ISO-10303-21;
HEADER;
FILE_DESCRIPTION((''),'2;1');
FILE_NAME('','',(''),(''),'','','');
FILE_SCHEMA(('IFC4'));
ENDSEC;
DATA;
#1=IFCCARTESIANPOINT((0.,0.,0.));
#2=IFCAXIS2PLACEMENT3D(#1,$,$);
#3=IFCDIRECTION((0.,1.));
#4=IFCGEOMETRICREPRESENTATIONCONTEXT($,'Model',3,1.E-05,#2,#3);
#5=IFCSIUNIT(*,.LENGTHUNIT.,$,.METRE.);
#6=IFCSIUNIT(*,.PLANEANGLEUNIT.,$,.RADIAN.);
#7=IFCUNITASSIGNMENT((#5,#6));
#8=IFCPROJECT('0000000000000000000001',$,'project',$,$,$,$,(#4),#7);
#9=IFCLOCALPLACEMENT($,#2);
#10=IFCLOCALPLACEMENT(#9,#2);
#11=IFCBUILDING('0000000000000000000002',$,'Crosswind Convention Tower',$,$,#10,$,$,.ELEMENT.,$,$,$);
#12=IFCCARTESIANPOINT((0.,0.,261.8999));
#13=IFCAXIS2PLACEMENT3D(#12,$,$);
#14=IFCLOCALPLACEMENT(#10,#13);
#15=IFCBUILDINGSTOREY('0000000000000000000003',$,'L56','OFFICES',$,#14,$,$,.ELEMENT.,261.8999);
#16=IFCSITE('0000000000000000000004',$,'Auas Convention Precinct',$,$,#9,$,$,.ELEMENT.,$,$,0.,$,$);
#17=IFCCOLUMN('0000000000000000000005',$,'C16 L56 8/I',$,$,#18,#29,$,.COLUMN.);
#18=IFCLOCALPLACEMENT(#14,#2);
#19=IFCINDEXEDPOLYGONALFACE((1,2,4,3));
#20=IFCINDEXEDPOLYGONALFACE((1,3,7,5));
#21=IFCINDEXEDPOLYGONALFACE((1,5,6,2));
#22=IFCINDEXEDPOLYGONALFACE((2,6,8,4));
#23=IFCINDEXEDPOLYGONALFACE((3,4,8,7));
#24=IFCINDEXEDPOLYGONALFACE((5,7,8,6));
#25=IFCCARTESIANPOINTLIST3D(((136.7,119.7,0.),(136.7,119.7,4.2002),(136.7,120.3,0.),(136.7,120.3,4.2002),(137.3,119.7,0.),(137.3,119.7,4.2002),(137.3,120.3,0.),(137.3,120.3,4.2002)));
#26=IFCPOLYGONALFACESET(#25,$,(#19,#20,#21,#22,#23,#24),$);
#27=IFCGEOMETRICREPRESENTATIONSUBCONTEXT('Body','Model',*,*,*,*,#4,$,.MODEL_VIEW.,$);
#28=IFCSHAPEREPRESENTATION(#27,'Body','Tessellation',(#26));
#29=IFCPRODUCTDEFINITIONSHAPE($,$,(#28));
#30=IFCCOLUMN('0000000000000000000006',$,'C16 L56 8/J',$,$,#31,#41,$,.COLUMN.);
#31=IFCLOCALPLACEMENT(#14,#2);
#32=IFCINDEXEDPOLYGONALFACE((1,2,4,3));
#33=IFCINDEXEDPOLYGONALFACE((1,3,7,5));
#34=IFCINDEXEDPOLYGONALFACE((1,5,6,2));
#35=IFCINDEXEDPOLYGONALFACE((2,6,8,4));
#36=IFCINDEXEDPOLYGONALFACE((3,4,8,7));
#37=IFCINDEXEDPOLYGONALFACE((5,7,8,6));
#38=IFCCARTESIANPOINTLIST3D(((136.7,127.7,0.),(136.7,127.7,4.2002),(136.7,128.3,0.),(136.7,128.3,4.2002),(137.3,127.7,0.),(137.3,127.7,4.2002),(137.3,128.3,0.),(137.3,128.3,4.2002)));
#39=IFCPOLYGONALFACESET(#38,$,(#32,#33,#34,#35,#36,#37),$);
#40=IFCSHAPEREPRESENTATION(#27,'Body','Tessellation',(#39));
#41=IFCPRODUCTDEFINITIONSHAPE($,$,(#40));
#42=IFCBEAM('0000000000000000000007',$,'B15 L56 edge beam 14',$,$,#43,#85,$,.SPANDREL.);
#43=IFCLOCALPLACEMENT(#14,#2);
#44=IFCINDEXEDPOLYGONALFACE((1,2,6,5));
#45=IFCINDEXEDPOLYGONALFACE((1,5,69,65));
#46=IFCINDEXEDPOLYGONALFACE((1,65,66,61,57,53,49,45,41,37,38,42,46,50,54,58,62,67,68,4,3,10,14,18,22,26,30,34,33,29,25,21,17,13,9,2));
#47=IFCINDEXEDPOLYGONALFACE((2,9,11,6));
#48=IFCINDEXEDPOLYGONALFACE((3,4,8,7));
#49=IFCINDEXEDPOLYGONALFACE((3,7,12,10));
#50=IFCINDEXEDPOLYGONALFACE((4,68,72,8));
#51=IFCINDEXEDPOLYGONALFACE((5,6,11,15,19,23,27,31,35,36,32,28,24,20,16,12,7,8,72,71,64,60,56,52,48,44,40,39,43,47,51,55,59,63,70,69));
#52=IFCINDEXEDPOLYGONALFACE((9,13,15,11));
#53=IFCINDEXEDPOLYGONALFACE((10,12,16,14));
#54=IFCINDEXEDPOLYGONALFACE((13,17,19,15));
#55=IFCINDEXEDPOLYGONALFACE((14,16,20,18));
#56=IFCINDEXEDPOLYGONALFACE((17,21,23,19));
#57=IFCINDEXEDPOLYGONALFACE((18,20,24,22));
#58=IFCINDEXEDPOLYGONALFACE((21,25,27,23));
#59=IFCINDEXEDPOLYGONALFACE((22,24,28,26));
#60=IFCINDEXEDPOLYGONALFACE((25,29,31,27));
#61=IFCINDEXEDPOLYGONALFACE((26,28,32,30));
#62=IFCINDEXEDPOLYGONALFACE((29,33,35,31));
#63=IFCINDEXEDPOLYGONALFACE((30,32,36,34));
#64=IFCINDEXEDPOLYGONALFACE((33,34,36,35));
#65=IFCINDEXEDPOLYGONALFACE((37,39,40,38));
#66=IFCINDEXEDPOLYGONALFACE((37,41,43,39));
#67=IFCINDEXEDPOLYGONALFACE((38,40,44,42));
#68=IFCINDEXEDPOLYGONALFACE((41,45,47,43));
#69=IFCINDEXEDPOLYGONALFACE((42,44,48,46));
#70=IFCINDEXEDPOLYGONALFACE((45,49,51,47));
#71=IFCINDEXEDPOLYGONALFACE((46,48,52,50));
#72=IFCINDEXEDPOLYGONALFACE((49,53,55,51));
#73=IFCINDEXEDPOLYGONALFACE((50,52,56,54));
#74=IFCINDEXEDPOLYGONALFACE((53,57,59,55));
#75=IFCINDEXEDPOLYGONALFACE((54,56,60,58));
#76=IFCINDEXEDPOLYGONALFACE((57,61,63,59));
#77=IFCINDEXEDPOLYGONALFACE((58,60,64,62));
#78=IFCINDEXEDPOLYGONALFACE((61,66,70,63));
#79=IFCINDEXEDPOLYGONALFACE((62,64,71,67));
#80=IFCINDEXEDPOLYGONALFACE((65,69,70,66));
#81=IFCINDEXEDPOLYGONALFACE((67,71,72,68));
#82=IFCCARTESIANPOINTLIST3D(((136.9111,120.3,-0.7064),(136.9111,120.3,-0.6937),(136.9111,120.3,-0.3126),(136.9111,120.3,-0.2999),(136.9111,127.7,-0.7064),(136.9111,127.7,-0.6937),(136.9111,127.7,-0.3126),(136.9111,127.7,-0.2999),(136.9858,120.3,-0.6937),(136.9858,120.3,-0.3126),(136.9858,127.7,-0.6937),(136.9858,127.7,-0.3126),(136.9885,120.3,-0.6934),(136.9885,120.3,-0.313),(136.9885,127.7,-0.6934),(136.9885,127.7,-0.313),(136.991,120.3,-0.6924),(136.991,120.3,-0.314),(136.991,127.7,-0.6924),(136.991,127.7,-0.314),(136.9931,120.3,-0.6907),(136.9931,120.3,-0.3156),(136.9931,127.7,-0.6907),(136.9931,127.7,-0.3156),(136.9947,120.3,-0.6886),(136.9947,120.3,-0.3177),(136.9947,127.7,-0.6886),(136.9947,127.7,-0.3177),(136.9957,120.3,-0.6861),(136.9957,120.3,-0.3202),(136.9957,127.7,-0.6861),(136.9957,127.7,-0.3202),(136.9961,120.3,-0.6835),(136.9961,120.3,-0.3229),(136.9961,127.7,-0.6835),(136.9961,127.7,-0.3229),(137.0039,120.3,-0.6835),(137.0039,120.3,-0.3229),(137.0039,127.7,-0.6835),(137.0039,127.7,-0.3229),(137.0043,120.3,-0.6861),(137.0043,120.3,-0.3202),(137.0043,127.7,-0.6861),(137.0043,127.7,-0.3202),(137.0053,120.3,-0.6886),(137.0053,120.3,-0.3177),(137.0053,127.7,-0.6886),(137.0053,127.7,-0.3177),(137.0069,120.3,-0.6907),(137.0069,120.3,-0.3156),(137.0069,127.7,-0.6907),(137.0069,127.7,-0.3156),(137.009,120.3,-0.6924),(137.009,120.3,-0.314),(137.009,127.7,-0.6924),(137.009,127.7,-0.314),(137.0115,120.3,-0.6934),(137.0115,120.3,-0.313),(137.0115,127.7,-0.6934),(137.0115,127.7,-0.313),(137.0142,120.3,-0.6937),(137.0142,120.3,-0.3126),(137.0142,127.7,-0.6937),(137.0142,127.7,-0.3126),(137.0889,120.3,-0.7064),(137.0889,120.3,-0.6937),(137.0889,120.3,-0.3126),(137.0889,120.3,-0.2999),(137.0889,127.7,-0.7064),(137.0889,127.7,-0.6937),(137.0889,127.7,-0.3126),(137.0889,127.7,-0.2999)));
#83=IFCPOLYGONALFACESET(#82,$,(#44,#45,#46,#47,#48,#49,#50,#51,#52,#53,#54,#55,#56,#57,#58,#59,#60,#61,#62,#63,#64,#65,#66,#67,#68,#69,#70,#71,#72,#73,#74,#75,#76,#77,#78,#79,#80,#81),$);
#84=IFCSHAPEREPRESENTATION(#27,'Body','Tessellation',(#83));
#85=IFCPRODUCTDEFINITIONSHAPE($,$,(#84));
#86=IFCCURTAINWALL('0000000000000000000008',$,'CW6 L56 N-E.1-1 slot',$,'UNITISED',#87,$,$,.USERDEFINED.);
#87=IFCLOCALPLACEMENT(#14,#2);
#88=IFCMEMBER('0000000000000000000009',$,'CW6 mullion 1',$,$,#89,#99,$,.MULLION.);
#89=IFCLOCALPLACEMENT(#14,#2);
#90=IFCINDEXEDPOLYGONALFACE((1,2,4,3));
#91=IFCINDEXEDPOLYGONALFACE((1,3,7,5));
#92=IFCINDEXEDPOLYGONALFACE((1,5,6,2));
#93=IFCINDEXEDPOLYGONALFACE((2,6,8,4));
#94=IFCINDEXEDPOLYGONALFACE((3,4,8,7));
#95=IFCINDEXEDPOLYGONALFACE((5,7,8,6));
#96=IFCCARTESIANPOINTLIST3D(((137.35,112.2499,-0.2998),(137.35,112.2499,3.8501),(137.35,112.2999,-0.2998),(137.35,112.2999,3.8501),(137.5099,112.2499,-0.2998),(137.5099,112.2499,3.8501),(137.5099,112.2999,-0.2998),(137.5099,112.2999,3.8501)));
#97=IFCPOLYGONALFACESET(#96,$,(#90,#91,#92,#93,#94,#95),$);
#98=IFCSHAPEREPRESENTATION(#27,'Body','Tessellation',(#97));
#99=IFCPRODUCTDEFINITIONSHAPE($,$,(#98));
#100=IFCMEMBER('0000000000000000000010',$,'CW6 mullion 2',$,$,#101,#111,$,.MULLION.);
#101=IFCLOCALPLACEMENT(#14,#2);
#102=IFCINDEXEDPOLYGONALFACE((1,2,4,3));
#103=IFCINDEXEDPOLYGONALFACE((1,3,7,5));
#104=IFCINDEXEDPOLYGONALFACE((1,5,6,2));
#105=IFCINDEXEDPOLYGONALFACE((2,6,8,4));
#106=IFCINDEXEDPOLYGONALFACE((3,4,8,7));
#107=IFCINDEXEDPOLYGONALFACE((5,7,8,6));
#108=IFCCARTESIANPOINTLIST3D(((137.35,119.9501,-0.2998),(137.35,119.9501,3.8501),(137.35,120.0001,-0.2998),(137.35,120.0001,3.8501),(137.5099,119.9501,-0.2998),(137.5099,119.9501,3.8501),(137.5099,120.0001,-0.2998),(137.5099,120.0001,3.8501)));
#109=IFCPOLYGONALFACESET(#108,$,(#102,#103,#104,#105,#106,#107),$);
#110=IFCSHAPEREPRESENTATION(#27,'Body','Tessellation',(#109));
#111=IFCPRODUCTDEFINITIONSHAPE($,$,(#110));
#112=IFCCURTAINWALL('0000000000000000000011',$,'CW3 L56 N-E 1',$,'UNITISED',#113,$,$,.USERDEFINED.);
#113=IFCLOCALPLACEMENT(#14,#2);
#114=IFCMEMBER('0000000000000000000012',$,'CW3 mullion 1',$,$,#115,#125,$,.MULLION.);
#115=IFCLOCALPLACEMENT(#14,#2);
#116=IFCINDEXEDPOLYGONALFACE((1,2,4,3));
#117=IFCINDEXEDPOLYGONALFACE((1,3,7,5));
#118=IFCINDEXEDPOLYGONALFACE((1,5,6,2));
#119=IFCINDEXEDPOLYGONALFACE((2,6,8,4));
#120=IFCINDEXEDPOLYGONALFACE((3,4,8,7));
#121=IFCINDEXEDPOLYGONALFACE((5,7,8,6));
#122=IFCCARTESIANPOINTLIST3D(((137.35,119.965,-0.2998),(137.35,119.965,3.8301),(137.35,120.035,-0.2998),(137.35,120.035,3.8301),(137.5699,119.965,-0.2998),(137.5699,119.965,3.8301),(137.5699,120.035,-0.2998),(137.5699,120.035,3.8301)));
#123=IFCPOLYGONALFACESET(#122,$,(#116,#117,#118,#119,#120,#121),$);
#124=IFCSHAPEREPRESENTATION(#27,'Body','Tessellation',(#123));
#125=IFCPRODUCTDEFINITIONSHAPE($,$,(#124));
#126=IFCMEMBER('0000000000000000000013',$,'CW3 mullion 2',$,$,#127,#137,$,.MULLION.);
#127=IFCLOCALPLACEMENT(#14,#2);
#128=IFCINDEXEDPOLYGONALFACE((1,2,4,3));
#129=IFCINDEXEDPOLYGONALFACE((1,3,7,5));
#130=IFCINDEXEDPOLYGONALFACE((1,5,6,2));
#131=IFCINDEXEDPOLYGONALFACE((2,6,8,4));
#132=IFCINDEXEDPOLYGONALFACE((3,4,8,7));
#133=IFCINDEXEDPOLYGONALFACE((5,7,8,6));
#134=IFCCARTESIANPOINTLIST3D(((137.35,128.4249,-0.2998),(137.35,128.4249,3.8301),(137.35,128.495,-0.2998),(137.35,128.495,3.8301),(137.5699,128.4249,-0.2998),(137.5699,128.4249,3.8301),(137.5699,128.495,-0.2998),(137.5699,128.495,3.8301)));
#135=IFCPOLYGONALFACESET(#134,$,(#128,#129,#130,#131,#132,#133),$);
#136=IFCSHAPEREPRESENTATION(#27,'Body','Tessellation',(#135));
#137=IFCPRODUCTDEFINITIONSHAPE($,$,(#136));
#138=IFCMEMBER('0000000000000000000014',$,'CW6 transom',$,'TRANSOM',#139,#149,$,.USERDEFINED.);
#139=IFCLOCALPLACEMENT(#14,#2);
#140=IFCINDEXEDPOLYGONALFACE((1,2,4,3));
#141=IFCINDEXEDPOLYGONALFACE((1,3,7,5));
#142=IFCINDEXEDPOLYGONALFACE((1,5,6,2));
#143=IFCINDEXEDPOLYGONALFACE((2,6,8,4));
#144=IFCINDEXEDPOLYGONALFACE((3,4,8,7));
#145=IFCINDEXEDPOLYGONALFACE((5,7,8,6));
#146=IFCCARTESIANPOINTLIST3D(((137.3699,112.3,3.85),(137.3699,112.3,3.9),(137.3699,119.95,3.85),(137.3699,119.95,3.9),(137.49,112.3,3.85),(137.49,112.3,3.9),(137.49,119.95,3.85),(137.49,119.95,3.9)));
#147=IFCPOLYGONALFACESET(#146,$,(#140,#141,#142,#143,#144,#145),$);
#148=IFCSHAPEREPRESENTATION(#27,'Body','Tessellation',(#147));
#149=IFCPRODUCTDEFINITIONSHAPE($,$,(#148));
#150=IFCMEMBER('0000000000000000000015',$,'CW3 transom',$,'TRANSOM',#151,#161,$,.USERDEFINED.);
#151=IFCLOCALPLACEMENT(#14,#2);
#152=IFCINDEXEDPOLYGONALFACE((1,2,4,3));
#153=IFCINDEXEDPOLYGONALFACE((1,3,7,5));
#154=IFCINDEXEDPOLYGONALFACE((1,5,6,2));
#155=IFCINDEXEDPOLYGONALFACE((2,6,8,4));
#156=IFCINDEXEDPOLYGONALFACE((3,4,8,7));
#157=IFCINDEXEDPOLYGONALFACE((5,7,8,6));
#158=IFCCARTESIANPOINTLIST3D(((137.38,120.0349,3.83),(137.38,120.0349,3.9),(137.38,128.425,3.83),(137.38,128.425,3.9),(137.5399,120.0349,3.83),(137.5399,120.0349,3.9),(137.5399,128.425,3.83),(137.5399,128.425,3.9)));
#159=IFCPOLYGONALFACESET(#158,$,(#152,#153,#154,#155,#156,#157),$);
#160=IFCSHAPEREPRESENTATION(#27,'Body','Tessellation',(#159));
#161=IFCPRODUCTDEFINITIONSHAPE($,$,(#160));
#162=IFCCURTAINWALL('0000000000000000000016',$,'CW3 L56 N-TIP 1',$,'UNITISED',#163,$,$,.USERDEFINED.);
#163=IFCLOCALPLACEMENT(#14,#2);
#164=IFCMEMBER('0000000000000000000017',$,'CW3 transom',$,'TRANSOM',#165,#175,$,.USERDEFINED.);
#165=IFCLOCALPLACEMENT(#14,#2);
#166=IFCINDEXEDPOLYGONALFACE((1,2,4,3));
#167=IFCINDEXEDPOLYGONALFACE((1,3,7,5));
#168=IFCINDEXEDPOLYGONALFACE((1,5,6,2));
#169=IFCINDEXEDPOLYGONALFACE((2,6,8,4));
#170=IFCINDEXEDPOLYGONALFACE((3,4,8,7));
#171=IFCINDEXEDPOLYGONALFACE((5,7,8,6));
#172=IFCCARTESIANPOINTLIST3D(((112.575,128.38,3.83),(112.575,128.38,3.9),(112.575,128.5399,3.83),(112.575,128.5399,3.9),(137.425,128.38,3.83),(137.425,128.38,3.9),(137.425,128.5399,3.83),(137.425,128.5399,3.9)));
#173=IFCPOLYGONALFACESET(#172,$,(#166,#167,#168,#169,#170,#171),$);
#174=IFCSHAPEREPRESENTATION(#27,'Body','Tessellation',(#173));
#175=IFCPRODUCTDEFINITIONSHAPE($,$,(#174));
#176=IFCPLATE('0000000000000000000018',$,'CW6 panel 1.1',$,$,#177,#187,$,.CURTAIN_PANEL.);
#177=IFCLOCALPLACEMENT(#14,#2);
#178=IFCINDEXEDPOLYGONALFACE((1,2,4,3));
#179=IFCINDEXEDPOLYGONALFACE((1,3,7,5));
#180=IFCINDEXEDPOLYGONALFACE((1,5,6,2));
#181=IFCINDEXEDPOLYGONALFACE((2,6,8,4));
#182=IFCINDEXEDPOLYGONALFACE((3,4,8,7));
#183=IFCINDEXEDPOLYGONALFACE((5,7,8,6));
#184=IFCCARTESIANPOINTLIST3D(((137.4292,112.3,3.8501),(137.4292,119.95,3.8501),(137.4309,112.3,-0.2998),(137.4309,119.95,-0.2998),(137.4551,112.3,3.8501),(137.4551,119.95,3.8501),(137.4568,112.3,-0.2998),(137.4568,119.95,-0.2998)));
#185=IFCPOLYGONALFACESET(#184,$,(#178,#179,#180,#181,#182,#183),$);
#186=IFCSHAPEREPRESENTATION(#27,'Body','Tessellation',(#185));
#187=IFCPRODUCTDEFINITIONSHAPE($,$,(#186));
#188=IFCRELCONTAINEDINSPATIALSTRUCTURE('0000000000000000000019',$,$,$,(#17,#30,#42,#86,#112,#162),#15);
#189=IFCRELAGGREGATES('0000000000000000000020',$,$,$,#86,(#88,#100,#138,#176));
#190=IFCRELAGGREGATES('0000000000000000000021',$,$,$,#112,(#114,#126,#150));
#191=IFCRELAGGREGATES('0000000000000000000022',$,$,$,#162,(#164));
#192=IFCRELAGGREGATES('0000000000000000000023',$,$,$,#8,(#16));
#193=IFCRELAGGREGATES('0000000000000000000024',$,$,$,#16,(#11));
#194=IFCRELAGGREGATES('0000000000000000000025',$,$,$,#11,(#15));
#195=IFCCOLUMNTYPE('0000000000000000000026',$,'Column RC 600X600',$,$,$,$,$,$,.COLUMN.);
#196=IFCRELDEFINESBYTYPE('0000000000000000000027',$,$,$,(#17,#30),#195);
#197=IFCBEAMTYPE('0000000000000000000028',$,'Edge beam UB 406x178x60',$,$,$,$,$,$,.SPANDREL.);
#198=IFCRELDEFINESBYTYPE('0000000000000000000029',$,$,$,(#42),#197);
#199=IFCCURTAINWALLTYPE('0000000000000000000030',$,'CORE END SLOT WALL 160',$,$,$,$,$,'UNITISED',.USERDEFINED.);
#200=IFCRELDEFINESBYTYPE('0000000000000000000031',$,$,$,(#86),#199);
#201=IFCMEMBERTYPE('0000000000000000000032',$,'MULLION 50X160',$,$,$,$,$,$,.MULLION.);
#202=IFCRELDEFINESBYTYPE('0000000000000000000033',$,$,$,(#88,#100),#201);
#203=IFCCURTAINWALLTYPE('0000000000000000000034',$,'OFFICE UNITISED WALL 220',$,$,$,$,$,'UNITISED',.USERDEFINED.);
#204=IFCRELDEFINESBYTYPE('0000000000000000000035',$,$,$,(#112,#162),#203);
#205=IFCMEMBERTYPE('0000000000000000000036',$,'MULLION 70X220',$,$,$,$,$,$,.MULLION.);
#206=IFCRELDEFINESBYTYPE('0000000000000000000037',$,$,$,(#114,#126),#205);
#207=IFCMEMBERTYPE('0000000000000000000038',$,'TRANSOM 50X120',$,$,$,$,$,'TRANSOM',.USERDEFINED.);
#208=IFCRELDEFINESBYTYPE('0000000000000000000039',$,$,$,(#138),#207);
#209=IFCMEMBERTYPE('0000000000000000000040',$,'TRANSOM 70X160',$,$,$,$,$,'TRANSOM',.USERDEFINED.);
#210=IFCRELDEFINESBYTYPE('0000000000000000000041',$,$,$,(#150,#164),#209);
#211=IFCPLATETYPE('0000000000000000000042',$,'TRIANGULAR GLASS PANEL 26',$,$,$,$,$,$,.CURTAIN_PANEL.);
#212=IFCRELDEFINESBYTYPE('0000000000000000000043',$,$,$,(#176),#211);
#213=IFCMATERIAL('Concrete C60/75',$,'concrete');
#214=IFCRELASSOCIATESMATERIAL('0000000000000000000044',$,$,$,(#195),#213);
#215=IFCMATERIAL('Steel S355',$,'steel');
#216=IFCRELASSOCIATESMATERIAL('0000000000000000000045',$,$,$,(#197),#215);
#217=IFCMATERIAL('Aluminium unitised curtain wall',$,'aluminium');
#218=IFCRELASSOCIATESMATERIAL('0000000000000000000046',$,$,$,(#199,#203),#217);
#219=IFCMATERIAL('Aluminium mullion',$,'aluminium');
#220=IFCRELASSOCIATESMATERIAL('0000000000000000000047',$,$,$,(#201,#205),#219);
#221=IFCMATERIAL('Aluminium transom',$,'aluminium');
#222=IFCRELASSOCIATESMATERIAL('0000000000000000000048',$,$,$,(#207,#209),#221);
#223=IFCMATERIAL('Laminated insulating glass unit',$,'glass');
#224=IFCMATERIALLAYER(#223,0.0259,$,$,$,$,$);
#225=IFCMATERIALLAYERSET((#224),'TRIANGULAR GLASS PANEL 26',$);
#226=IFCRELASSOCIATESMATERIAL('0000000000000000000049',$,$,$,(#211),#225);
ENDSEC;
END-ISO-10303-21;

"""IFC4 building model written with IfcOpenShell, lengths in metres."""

from ifc_helpers import new_model, si_unit, direction, frame, origin, origin_2d, place, context, subcontext, project, spatial, polyline, rectangle, i_section, outline, extrude, material, layer, layer_set, material_profile, profile_set, type_object, element, aggregate, save


model = new_model("IFC4")

# Units and contexts
model_context = context("Model", 3, precision=1e-05, world=origin(), true_north=direction((0.0, 1.0)))
body_context = subcontext(model_context, "Body", "Model", "MODEL_VIEW")
ifc_project = project(units=[si_unit("LENGTHUNIT", "METRE"), si_unit("PLANEANGLEUNIT", "RADIAN")], contexts=[model_context])

# Site, building, storey
site_placement = place(None, origin())
site = spatial("IfcSite", under=ifc_project, at=site_placement, Name="Auas Convention Precinct", CompositionType="ELEMENT", RefElevation=0.0)
building_placement = place(site_placement, origin())
building = spatial("IfcBuilding", under=site, at=building_placement, Name="Crosswind Convention Tower", CompositionType="ELEMENT")
storey_placement = place(building_placement, frame((0.0, 0.0, 261.8999)))
storey = spatial("IfcBuildingStorey", under=building, at=storey_placement, Name="L56", Description="OFFICES", CompositionType="ELEMENT", Elevation=261.8999)

# Columns
ifc_material_1 = material(Name="Concrete C60/75", Category="concrete")
ifc_material_profile_1 = material_profile(ifc_material_1, rectangle(XDim=0.6001, YDim=0.6001, at=origin_2d()), Name="RC 600X600")
ifc_profile_set_1 = profile_set([ifc_material_profile_1], Name="Concrete C60/75")
column_type = type_object("IfcColumnType", Name="Column RC 600X600", PredefinedType="COLUMN", material=ifc_profile_set_1)
for number, where, z_axis, x_axis, name in (
    (1, (137.0, 120.0, 0.0), (0.0, 0.0, 1.0), (1.0, 0.0, 0.0), "C16 L56 8/I"),
    (2, (137.0, 128.0, 0.0), (0.0, 0.0, 1.0), (1.0, 0.0, 0.0), "C16 L56 8/J"),
):
    element("IfcColumn", number, at=place(storey_placement, frame(where, z_axis=z_axis, x_axis=x_axis)), inside=storey, type_object=column_type, Name=name, PredefinedType="COLUMN", context=body_context, shape_type="SweptSolid", body=[
        extrude(rectangle(XDim=0.6001, YDim=0.6001, at=origin_2d()), origin(), (0.0, 0.0, 1.0), 4.2002),
    ])

# Beam
ifc_material_2 = material(Name="Steel S355", Category="steel")
ifc_material_profile_2 = material_profile(ifc_material_2, i_section(OverallWidth=0.1777, OverallDepth=0.4065, WebThickness=0.0078, FlangeThickness=0.0127, FilletRadius=0.0103, at=origin_2d()), Name="UB 406x178x60")
ifc_profile_set_2 = profile_set([ifc_material_profile_2], Name="Steel S355")
beam_type = type_object("IfcBeamType", Name="Edge beam UB 406x178x60", PredefinedType="SPANDREL", material=ifc_profile_set_2)
beam_placement = place(storey_placement, frame((137.0, 120.3, -0.5032), z_axis=(0.0, 1.0, 0.0), x_axis=(-1.0, 0.0, 0.0)))
element("IfcBeam", 3, at=beam_placement, inside=storey, type_object=beam_type, Name="B15 L56 edge beam 14", PredefinedType="SPANDREL", context=body_context, shape_type="SweptSolid", body=[
    extrude(i_section(OverallWidth=0.1777, OverallDepth=0.4065, WebThickness=0.0078, FlangeThickness=0.0127, FilletRadius=0.0103, at=origin_2d()), origin(), (0.0, 0.0, 1.0), 7.3999),
])

# Curtain walls, members
ifc_material_3 = material(Name="Aluminium unitised curtain wall", Category="aluminium")
curtain_wall_type_1 = type_object("IfcCurtainWallType", Name="CORE END SLOT WALL 160", ElementType="UNITISED", PredefinedType="USERDEFINED", material=ifc_material_3)
curtain_wall_1_placement = place(storey_placement, origin())
curtain_wall_1 = element("IfcCurtainWall", 4, at=curtain_wall_1_placement, inside=storey, type_object=curtain_wall_type_1, Name="CW6 L56 N-E.1-1 slot", ObjectType="UNITISED", PredefinedType="USERDEFINED")
ifc_material_4 = material(Name="Aluminium mullion", Category="aluminium")
ifc_material_profile_3 = material_profile(ifc_material_4, rectangle(XDim=0.1599, YDim=0.05, at=origin_2d()), Name="AL 160X50")
ifc_profile_set_3 = profile_set([ifc_material_profile_3], Name="Aluminium mullion")
member_type_1 = type_object("IfcMemberType", Name="MULLION 50X160", PredefinedType="MULLION", material=ifc_profile_set_3)
member_1_placement = place(storey_placement, frame((137.4299, 112.2749, -0.2998), z_axis=(0.0, 0.0, 1.0), x_axis=(1.0, 0.0, 0.0)))
member_1 = element("IfcMember", 5, at=member_1_placement, type_object=member_type_1, Name="CW6 mullion 1", PredefinedType="MULLION", context=body_context, shape_type="SweptSolid", body=[
    extrude(rectangle(XDim=0.1599, YDim=0.05, at=origin_2d()), origin(), (0.0, 0.0, 1.0), 4.1499),
])
member_2_placement = place(storey_placement, frame((137.4299, 119.9751, -0.2998), z_axis=(0.0, 0.0, 1.0), x_axis=(1.0, 0.0, 0.0)))
member_2 = element("IfcMember", 6, at=member_2_placement, type_object=member_type_1, Name="CW6 mullion 2", PredefinedType="MULLION", context=body_context, shape_type="SweptSolid", body=[
    extrude(rectangle(XDim=0.1599, YDim=0.05, at=origin_2d()), origin(), (0.0, 0.0, 1.0), 4.1499),
])
curtain_wall_type_2 = type_object("IfcCurtainWallType", Name="OFFICE UNITISED WALL 220", ElementType="UNITISED", PredefinedType="USERDEFINED", material=ifc_material_3)
curtain_wall_2_placement = place(storey_placement, origin())
curtain_wall_2 = element("IfcCurtainWall", 7, at=curtain_wall_2_placement, inside=storey, type_object=curtain_wall_type_2, Name="CW3 L56 N-E 1", ObjectType="UNITISED", PredefinedType="USERDEFINED")
ifc_material_profile_4 = material_profile(ifc_material_4, rectangle(XDim=0.22, YDim=0.0701, at=origin_2d()), Name="AL 220X70")
ifc_profile_set_4 = profile_set([ifc_material_profile_4], Name="Aluminium mullion")
member_type_2 = type_object("IfcMemberType", Name="MULLION 70X220", PredefinedType="MULLION", material=ifc_profile_set_4)
member_3_placement = place(storey_placement, frame((137.46, 120.0, -0.2998), z_axis=(0.0, 0.0, 1.0), x_axis=(1.0, 0.0, 0.0)))
member_3 = element("IfcMember", 8, at=member_3_placement, type_object=member_type_2, Name="CW3 mullion 1", PredefinedType="MULLION", context=body_context, shape_type="SweptSolid", body=[
    extrude(rectangle(XDim=0.22, YDim=0.0701, at=origin_2d()), origin(), (0.0, 0.0, 1.0), 4.1299),
])
member_4_placement = place(storey_placement, frame((137.46, 128.46, -0.2998), z_axis=(0.0, 0.0, 1.0), x_axis=(1.0, 0.0, 0.0)))
member_4 = element("IfcMember", 9, at=member_4_placement, type_object=member_type_2, Name="CW3 mullion 2", PredefinedType="MULLION", context=body_context, shape_type="SweptSolid", body=[
    extrude(rectangle(XDim=0.22, YDim=0.0701, at=origin_2d()), origin(), (0.0, 0.0, 1.0), 4.1299),
])

# Members
ifc_material_5 = material(Name="Aluminium transom", Category="aluminium")
ifc_material_profile_5 = material_profile(ifc_material_5, rectangle(XDim=0.1201, YDim=0.05, at=origin_2d()), Name="AL 120X50")
ifc_profile_set_5 = profile_set([ifc_material_profile_5], Name="Aluminium transom")
member_type_3 = type_object("IfcMemberType", Name="TRANSOM 50X120", ElementType="TRANSOM", PredefinedType="USERDEFINED", material=ifc_profile_set_5)
member_5_placement = place(storey_placement, frame((137.4299, 112.3, 3.875), z_axis=(0.0, 1.0, 0.0), x_axis=(-1.0, 0.0, 0.0)))
member_5 = element("IfcMember", 10, at=member_5_placement, type_object=member_type_3, Name="CW6 transom", ObjectType="TRANSOM", PredefinedType="USERDEFINED", context=body_context, shape_type="SweptSolid", body=[
    extrude(rectangle(XDim=0.1201, YDim=0.05, at=origin_2d()), origin(), (0.0, 0.0, 1.0), 7.6499),
])
ifc_material_profile_6 = material_profile(ifc_material_5, rectangle(XDim=0.1599, YDim=0.0701, at=origin_2d()), Name="AL 160X70")
ifc_profile_set_6 = profile_set([ifc_material_profile_6], Name="Aluminium transom")
member_type_4 = type_object("IfcMemberType", Name="TRANSOM 70X160", ElementType="TRANSOM", PredefinedType="USERDEFINED", material=ifc_profile_set_6)
member_6_placement = place(storey_placement, frame((137.46, 120.0349, 3.865), z_axis=(0.0, 1.0, 0.0), x_axis=(-1.0, 0.0, 0.0)))
member_6 = element("IfcMember", 11, at=member_6_placement, type_object=member_type_4, Name="CW3 transom", ObjectType="TRANSOM", PredefinedType="USERDEFINED", context=body_context, shape_type="SweptSolid", body=[
    extrude(rectangle(XDim=0.1599, YDim=0.0701, at=origin_2d()), origin(), (0.0, 0.0, 1.0), 8.3901),
])

# Curtain wall, member
curtain_wall_3_placement = place(storey_placement, origin())
curtain_wall_3 = element("IfcCurtainWall", 12, at=curtain_wall_3_placement, inside=storey, type_object=curtain_wall_type_2, Name="CW3 L56 N-TIP 1", ObjectType="UNITISED", PredefinedType="USERDEFINED")
member_7_placement = place(storey_placement, frame((137.425, 128.46, 3.865), z_axis=(-1.0, 0.0, 0.0), x_axis=(0.0, -1.0, 0.0)))
member_7 = element("IfcMember", 13, at=member_7_placement, type_object=member_type_4, Name="CW3 transom", ObjectType="TRANSOM", PredefinedType="USERDEFINED", context=body_context, shape_type="SweptSolid", body=[
    extrude(rectangle(XDim=0.1599, YDim=0.0701, at=origin_2d()), origin(), (0.0, 0.0, 1.0), 24.8501),
])

# Plate
ifc_material_6 = material(Name="Laminated insulating glass unit", Category="glass")
ifc_layer_1 = layer(ifc_material_6, 0.0259)
ifc_layer_set_1 = layer_set([ifc_layer_1], Name="TRIANGULAR GLASS PANEL 26")
plate_type_1 = type_object("IfcPlateType", Name="TRIANGULAR GLASS PANEL 26", PredefinedType="CURTAIN_PANEL", material=ifc_layer_set_1)
plate_1_placement = place(storey_placement, frame((137.4568, 112.3, -0.2998), z_axis=(1.0, 0.0, 0.000412), x_axis=(0.0, 1.0, 0.0)))
plate_1 = element("IfcPlate", 14, at=plate_1_placement, type_object=plate_type_1, Name="CW6 panel 1.1", PredefinedType="CURTAIN_PANEL", context=body_context, shape_type="SweptSolid", body=[
    extrude(outline(polyline([(0.0, 0.0), (7.6499, 0.0), (7.6499, 4.1499), (0.0, 4.1499), (0.0, 0.0)])), origin(), (0.0, 0.0, -1.0), 0.0259),
])
aggregate(curtain_wall_1, [member_1, member_2, member_5, plate_1])

aggregate(curtain_wall_2, [member_3, member_4, member_6])
aggregate(curtain_wall_3, [member_7])

save(model, "model.ifc")
